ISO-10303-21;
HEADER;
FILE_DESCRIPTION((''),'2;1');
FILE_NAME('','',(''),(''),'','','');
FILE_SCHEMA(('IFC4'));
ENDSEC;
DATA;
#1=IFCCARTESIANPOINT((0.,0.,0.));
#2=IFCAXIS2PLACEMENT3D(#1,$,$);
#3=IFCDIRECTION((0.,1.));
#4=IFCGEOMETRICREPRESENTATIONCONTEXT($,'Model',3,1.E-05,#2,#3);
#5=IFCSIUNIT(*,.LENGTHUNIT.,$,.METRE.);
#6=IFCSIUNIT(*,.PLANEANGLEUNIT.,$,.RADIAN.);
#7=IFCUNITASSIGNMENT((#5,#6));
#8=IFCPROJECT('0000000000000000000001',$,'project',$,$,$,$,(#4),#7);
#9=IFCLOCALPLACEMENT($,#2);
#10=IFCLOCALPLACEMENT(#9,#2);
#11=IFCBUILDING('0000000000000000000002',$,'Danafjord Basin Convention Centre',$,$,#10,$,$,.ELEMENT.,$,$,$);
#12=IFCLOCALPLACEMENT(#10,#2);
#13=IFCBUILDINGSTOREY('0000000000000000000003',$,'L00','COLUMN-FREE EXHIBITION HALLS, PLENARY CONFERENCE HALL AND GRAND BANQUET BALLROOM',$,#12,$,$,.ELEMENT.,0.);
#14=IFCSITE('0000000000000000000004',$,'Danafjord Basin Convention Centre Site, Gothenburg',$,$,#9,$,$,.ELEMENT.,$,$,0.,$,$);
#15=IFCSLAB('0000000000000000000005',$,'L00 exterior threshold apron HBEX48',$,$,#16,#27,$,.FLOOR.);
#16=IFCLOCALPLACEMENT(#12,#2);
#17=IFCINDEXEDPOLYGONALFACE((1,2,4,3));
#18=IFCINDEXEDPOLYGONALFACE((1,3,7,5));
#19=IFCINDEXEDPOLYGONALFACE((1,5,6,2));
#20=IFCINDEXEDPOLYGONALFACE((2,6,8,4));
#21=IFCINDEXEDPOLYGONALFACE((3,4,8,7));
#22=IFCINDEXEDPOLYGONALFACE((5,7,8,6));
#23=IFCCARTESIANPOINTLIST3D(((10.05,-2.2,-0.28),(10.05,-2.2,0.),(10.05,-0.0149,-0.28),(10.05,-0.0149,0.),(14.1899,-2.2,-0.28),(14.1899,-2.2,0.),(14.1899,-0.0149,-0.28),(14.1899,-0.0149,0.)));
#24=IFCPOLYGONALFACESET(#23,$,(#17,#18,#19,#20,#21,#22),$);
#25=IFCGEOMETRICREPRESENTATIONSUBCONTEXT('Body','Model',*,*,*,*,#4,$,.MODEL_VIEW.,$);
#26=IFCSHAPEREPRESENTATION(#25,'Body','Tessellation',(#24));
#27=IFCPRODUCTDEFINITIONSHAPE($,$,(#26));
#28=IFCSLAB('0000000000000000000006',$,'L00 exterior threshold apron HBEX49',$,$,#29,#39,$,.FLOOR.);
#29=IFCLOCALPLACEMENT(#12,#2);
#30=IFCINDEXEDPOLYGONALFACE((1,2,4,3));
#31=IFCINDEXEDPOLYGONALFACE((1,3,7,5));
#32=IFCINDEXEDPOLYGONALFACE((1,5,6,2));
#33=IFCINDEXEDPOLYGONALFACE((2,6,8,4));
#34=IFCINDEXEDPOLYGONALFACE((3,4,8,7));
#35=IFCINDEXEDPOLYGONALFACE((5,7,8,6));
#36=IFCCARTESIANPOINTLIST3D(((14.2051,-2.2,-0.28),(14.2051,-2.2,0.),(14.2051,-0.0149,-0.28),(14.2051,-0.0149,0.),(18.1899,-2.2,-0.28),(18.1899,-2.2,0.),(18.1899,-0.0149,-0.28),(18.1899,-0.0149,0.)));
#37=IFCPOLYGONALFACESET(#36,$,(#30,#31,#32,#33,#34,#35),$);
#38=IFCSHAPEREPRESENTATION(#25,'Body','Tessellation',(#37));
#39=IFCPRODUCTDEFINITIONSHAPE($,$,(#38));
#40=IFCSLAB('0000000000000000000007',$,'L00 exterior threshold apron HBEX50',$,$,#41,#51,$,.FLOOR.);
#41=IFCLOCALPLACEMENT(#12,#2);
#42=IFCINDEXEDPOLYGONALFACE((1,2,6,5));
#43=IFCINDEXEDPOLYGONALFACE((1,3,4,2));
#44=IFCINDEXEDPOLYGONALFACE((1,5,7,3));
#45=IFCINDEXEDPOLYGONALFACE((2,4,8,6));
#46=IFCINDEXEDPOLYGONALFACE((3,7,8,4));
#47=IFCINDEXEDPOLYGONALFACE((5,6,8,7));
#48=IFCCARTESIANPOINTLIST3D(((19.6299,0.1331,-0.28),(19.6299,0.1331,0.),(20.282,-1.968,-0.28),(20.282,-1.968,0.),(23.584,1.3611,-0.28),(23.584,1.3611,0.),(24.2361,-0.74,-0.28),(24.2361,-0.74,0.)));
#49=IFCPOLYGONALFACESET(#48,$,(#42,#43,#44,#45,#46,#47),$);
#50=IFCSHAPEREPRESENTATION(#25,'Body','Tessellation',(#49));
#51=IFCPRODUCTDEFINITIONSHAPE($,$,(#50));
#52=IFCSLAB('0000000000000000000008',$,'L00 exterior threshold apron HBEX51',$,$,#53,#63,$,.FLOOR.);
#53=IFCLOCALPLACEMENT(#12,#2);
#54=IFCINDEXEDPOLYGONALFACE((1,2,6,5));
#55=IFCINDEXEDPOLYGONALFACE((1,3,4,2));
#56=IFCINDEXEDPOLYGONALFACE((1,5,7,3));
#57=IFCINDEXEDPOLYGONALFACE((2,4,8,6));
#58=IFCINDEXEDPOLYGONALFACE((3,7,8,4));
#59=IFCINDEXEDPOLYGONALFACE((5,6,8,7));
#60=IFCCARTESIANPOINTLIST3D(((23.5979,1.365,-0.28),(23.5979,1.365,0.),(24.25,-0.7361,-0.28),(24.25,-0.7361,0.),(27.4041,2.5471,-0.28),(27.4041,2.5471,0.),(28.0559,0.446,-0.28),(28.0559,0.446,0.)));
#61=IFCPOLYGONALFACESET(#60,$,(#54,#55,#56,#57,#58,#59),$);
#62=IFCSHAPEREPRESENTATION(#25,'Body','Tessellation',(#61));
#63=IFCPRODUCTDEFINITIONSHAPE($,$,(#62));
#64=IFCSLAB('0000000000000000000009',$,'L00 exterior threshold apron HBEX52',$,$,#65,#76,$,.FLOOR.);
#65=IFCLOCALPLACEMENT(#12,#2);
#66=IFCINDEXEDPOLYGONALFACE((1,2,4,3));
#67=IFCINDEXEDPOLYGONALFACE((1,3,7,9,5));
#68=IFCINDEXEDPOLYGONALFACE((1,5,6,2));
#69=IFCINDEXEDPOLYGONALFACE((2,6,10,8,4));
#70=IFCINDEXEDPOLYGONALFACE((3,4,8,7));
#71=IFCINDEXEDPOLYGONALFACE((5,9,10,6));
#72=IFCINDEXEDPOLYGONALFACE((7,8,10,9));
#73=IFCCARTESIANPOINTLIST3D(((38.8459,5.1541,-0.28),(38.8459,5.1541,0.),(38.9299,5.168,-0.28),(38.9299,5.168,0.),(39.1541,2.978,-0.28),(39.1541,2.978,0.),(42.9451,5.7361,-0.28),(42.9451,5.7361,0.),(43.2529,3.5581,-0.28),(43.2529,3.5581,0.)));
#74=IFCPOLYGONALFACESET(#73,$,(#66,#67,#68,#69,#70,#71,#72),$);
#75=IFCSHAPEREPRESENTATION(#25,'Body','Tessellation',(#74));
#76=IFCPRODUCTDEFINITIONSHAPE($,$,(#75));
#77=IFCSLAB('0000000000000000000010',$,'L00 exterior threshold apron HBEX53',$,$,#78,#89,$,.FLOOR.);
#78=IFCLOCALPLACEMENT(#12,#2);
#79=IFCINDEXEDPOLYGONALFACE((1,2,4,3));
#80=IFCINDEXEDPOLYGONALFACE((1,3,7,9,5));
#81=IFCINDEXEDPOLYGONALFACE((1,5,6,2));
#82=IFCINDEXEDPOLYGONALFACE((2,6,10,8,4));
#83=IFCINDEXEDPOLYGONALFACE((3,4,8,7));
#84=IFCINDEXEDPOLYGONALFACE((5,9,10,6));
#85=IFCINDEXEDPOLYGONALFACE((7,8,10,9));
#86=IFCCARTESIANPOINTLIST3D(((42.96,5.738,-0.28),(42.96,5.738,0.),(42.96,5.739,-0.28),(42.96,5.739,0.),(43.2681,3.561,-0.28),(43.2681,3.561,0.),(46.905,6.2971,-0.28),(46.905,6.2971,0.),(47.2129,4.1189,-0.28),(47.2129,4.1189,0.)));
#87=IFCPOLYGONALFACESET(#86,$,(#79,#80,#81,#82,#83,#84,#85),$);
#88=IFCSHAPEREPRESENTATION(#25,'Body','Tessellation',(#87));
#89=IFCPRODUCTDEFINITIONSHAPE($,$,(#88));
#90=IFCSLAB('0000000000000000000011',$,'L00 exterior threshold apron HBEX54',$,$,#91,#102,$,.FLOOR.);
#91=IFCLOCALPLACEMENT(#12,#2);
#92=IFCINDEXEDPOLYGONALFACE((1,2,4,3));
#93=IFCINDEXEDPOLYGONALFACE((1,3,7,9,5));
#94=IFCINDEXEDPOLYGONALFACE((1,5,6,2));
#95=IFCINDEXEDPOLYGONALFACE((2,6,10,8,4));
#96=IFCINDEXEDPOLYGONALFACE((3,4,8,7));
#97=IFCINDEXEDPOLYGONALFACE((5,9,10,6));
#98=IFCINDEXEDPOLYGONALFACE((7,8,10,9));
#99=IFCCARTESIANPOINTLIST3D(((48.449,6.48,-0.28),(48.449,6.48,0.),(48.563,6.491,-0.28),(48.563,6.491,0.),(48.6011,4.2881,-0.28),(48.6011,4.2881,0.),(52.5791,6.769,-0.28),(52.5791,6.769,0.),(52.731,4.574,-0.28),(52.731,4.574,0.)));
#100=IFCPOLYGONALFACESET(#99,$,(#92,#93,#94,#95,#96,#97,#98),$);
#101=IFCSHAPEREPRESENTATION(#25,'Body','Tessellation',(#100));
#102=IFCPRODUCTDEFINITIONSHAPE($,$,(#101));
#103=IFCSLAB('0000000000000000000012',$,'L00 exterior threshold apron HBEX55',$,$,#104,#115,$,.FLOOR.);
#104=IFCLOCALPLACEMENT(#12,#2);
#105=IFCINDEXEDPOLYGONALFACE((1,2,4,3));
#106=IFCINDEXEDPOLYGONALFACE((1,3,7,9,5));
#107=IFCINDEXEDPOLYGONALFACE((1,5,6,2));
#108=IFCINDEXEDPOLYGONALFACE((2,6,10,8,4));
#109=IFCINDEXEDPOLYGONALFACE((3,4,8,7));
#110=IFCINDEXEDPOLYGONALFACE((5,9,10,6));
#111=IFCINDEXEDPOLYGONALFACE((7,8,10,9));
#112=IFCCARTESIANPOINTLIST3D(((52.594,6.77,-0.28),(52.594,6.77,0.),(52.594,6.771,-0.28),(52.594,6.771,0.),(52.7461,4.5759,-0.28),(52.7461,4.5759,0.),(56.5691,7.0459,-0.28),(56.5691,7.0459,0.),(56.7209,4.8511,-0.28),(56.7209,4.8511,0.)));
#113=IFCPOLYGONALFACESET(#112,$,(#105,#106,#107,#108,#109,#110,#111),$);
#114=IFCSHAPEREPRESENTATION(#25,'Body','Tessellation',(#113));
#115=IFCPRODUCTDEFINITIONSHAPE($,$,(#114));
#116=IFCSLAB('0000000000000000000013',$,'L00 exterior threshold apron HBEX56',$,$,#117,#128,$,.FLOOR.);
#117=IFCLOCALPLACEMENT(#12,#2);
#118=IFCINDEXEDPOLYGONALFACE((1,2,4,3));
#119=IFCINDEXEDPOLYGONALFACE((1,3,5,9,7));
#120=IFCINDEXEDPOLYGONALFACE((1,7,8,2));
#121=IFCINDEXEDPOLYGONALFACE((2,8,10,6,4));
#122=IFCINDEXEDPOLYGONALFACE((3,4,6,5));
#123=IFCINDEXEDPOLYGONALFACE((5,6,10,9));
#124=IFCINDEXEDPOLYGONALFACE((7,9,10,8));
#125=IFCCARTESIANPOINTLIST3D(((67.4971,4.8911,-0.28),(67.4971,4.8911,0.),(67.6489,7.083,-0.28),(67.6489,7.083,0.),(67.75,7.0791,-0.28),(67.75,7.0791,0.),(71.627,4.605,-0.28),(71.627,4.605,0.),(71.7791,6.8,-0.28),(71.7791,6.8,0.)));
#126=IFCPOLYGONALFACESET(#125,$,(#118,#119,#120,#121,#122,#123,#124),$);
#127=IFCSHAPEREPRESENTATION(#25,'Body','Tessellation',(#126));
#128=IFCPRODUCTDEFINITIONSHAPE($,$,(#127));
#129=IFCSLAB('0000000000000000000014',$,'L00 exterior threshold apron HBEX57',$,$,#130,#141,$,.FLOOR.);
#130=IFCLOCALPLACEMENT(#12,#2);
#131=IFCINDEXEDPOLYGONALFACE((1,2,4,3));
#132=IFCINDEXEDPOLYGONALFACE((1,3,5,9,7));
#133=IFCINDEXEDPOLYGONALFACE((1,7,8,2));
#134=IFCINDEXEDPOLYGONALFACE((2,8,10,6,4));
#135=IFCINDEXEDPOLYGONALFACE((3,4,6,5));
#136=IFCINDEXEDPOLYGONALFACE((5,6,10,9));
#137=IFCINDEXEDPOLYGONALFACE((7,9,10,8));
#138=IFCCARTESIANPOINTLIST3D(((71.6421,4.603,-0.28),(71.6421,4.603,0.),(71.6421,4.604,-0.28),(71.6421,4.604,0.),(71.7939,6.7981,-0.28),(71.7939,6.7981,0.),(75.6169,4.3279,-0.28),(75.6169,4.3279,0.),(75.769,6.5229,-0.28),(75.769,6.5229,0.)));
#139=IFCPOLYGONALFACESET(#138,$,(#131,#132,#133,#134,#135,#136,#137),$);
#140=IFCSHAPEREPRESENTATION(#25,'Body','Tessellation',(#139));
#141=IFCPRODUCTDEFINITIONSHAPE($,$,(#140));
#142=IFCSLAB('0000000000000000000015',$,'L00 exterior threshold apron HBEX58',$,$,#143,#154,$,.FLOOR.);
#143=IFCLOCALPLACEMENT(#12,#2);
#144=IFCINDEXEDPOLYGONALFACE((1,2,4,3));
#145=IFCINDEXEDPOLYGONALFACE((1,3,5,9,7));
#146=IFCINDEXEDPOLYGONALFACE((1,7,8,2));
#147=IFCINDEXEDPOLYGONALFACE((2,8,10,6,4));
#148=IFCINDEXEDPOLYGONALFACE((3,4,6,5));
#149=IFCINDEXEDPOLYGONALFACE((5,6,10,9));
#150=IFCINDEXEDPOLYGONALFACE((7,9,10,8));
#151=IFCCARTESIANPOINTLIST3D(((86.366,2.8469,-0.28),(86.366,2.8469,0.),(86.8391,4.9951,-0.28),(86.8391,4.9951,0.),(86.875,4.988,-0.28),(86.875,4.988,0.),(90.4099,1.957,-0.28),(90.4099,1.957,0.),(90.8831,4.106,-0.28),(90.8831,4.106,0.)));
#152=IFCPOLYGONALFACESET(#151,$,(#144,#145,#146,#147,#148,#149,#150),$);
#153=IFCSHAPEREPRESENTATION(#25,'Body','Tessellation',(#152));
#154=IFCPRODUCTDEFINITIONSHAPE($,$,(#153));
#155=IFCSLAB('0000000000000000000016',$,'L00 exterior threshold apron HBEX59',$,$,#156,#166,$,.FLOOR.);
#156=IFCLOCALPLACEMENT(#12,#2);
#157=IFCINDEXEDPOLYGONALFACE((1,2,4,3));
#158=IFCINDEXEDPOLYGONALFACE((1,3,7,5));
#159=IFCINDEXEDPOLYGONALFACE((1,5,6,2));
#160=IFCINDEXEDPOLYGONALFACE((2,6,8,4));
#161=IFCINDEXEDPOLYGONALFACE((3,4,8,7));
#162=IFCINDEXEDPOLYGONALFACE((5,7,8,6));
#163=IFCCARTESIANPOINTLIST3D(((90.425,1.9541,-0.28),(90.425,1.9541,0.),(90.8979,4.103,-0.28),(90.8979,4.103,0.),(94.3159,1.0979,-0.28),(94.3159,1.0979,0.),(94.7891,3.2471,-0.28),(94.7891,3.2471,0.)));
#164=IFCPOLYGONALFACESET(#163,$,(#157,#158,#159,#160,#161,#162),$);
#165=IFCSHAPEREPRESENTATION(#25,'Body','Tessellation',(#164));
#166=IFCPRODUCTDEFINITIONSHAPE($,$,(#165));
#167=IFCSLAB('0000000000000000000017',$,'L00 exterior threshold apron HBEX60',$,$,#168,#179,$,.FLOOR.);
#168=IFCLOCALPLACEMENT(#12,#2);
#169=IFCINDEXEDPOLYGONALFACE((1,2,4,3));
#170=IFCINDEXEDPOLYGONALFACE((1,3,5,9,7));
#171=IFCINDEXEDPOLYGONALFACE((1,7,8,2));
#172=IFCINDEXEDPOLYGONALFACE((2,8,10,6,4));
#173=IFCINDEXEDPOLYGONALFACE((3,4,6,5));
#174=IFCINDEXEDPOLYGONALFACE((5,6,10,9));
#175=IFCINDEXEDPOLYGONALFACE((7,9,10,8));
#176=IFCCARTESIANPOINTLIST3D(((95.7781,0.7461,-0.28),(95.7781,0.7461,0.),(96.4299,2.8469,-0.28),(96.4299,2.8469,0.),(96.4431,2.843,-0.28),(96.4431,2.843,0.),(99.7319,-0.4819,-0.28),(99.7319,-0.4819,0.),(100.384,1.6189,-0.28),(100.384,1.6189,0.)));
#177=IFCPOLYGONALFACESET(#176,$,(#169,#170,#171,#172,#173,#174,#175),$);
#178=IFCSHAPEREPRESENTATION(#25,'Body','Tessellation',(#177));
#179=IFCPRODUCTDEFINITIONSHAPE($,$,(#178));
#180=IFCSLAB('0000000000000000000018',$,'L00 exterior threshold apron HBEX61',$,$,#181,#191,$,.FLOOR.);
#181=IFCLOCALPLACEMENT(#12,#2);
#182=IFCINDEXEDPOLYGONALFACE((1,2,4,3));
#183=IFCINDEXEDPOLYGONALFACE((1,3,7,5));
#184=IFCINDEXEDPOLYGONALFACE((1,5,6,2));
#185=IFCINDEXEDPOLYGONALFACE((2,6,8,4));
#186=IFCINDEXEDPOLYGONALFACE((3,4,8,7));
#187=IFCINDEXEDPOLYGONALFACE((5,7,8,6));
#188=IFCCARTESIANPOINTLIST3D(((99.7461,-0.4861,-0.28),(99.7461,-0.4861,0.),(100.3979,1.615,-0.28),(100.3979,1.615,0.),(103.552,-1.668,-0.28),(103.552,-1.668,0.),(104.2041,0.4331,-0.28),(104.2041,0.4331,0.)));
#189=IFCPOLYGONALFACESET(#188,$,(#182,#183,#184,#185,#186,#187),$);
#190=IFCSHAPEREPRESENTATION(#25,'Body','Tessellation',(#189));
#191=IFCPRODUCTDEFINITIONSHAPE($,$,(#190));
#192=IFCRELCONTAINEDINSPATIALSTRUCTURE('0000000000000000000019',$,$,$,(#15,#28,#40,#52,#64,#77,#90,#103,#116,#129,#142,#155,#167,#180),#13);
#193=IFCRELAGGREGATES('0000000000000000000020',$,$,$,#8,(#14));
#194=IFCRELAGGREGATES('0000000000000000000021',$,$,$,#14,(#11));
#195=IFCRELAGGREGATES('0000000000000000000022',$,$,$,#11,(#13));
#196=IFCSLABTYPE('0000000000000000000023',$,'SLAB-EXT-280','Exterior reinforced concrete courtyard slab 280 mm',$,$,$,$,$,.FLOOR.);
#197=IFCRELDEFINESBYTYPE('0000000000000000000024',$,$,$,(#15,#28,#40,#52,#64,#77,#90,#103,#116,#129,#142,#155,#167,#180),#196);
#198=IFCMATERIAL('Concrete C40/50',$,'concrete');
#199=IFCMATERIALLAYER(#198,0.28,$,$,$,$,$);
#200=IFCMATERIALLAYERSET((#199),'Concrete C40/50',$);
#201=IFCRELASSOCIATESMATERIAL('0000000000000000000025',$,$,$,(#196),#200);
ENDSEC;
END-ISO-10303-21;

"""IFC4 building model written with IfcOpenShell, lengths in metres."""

from ifc_helpers import new_model, si_unit, direction, frame, origin, place, context, subcontext, project, spatial, polyline, outline, extrude, material, layer, layer_set, type_object, element, save


model = new_model("IFC4")

# Units and contexts
model_context = context("Model", 3, precision=1e-05, world=origin(), true_north=direction((0.0, 1.0)))
body_context = subcontext(model_context, "Body", "Model", "MODEL_VIEW")
ifc_project = project(units=[si_unit("LENGTHUNIT", "METRE"), si_unit("PLANEANGLEUNIT", "RADIAN")], contexts=[model_context])

# Site, building, storey
site_placement = place(None, origin())
site = spatial("IfcSite", under=ifc_project, at=site_placement, Name="Danafjord Basin Convention Centre Site, Gothenburg", CompositionType="ELEMENT", RefElevation=0.0)
building_placement = place(site_placement, origin())
building = spatial("IfcBuilding", under=site, at=building_placement, Name="Danafjord Basin Convention Centre", CompositionType="ELEMENT")
storey_placement = place(building_placement, origin())
storey = spatial("IfcBuildingStorey", under=building, at=storey_placement, Name="L00", Description="COLUMN-FREE EXHIBITION HALLS, PLENARY CONFERENCE HALL AND GRAND BANQUET BALLROOM", CompositionType="ELEMENT", Elevation=0.0)

# Slabs
ifc_material = material(Name="Concrete C40/50", Category="concrete")
ifc_layer_1 = layer(ifc_material, 0.28)
ifc_layer_set_1 = layer_set([ifc_layer_1], Name="Concrete C40/50")
slab_type_1 = type_object("IfcSlabType", Name="SLAB-EXT-280", Description="Exterior reinforced concrete courtyard slab 280 mm", PredefinedType="FLOOR", material=ifc_layer_set_1)
slab_1_placement = place(storey_placement, frame((0.0, 0.0, -0.28)))
element("IfcSlab", 1, at=slab_1_placement, inside=storey, type_object=slab_type_1, Name="L00 exterior threshold apron HBEX48", PredefinedType="FLOOR", context=body_context, shape_type="SweptSolid", body=[
    extrude(outline(polyline([(14.1899, -2.2), (10.05, -2.2), (10.05, -0.0149), (14.1899, -0.0149), (14.1899, -2.2)])), origin(), (0.0, 0.0, 1.0), 0.28),
])
slab_2_placement = place(storey_placement, frame((0.0, 0.0, -0.28)))
element("IfcSlab", 2, at=slab_2_placement, inside=storey, type_object=slab_type_1, Name="L00 exterior threshold apron HBEX49", PredefinedType="FLOOR", context=body_context, shape_type="SweptSolid", body=[
    extrude(outline(polyline([(18.1899, -2.2), (14.2051, -2.2), (14.2051, -0.0149), (18.1899, -0.0149), (18.1899, -2.2)])), origin(), (0.0, 0.0, 1.0), 0.28),
])
slab_3_placement = place(storey_placement, frame((0.0, 0.0, -0.28)))
element("IfcSlab", 3, at=slab_3_placement, inside=storey, type_object=slab_type_1, Name="L00 exterior threshold apron HBEX50", PredefinedType="FLOOR", context=body_context, shape_type="SweptSolid", body=[
    extrude(outline(polyline([(23.584, 1.3611), (24.2361, -0.74), (20.282, -1.968), (19.6299, 0.1331), (23.584, 1.3611)])), origin(), (0.0, 0.0, 1.0), 0.28),
])
slab_4_placement = place(storey_placement, frame((0.0, 0.0, -0.28)))
element("IfcSlab", 4, at=slab_4_placement, inside=storey, type_object=slab_type_1, Name="L00 exterior threshold apron HBEX51", PredefinedType="FLOOR", context=body_context, shape_type="SweptSolid", body=[
    extrude(outline(polyline([(27.4041, 2.5471), (28.0559, 0.446), (24.25, -0.7361), (24.25, -0.7361), (23.5979, 1.365), (27.4041, 2.5471)])), origin(), (0.0, 0.0, 1.0), 0.28),
])
slab_5_placement = place(storey_placement, frame((0.0, 0.0, -0.28)))
element("IfcSlab", 5, at=slab_5_placement, inside=storey, type_object=slab_type_1, Name="L00 exterior threshold apron HBEX52", PredefinedType="FLOOR", context=body_context, shape_type="SweptSolid", body=[
    extrude(outline(polyline([(42.9451, 5.7361), (43.2529, 3.5581), (39.1541, 2.978), (38.8459, 5.1541), (38.9299, 5.168), (42.9451, 5.7361)])), origin(), (0.0, 0.0, 1.0), 0.28),
])
slab_6_placement = place(storey_placement, frame((0.0, 0.0, -0.28)))
element("IfcSlab", 6, at=slab_6_placement, inside=storey, type_object=slab_type_1, Name="L00 exterior threshold apron HBEX53", PredefinedType="FLOOR", context=body_context, shape_type="SweptSolid", body=[
    extrude(outline(polyline([(46.905, 6.2971), (47.2129, 4.1189), (43.2681, 3.561), (42.96, 5.738), (42.96, 5.739), (46.905, 6.2971)])), origin(), (0.0, 0.0, 1.0), 0.28),
])
slab_7_placement = place(storey_placement, frame((0.0, 0.0, -0.28)))
element("IfcSlab", 7, at=slab_7_placement, inside=storey, type_object=slab_type_1, Name="L00 exterior threshold apron HBEX54", PredefinedType="FLOOR", context=body_context, shape_type="SweptSolid", body=[
    extrude(outline(polyline([(52.5791, 6.769), (52.731, 4.574), (48.6011, 4.2881), (48.449, 6.48), (48.563, 6.491), (52.5791, 6.769)])), origin(), (0.0, 0.0, 1.0), 0.28),
])
slab_8_placement = place(storey_placement, frame((0.0, 0.0, -0.28)))
element("IfcSlab", 8, at=slab_8_placement, inside=storey, type_object=slab_type_1, Name="L00 exterior threshold apron HBEX55", PredefinedType="FLOOR", context=body_context, shape_type="SweptSolid", body=[
    extrude(outline(polyline([(56.5691, 7.0459), (56.7209, 4.8511), (52.7461, 4.5759), (52.594, 6.77), (52.594, 6.771), (56.5691, 7.0459)])), origin(), (0.0, 0.0, 1.0), 0.28),
])
slab_9_placement = place(storey_placement, frame((0.0, 0.0, -0.28)))
element("IfcSlab", 9, at=slab_9_placement, inside=storey, type_object=slab_type_1, Name="L00 exterior threshold apron HBEX56", PredefinedType="FLOOR", context=body_context, shape_type="SweptSolid", body=[
    extrude(outline(polyline([(71.7791, 6.8), (71.627, 4.605), (67.4971, 4.8911), (67.6489, 7.083), (67.75, 7.0791), (71.7791, 6.8)])), origin(), (0.0, 0.0, 1.0), 0.28),
])
slab_10_placement = place(storey_placement, frame((0.0, 0.0, -0.28)))
element("IfcSlab", 10, at=slab_10_placement, inside=storey, type_object=slab_type_1, Name="L00 exterior threshold apron HBEX57", PredefinedType="FLOOR", context=body_context, shape_type="SweptSolid", body=[
    extrude(outline(polyline([(75.769, 6.5229), (75.6169, 4.3279), (71.6421, 4.603), (71.6421, 4.604), (71.7939, 6.7981), (75.769, 6.5229)])), origin(), (0.0, 0.0, 1.0), 0.28),
])
slab_11_placement = place(storey_placement, frame((0.0, 0.0, -0.28)))
element("IfcSlab", 11, at=slab_11_placement, inside=storey, type_object=slab_type_1, Name="L00 exterior threshold apron HBEX58", PredefinedType="FLOOR", context=body_context, shape_type="SweptSolid", body=[
    extrude(outline(polyline([(90.8831, 4.106), (90.4099, 1.957), (86.366, 2.8469), (86.8391, 4.9951), (86.875, 4.988), (90.8831, 4.106)])), origin(), (0.0, 0.0, 1.0), 0.28),
])
slab_12_placement = place(storey_placement, frame((0.0, 0.0, -0.28)))
element("IfcSlab", 12, at=slab_12_placement, inside=storey, type_object=slab_type_1, Name="L00 exterior threshold apron HBEX59", PredefinedType="FLOOR", context=body_context, shape_type="SweptSolid", body=[
    extrude(outline(polyline([(94.7891, 3.2471), (94.3159, 1.0979), (90.425, 1.9541), (90.425, 1.9541), (90.8979, 4.103), (94.7891, 3.2471)])), origin(), (0.0, 0.0, 1.0), 0.28),
])
slab_13_placement = place(storey_placement, frame((0.0, 0.0, -0.28)))
element("IfcSlab", 13, at=slab_13_placement, inside=storey, type_object=slab_type_1, Name="L00 exterior threshold apron HBEX60", PredefinedType="FLOOR", context=body_context, shape_type="SweptSolid", body=[
    extrude(outline(polyline([(100.384, 1.6189), (99.7319, -0.4819), (95.7781, 0.7461), (96.4299, 2.8469), (96.4431, 2.843), (100.384, 1.6189)])), origin(), (0.0, 0.0, 1.0), 0.28),
])
slab_14_placement = place(storey_placement, frame((0.0, 0.0, -0.28)))
element("IfcSlab", 14, at=slab_14_placement, inside=storey, type_object=slab_type_1, Name="L00 exterior threshold apron HBEX61", PredefinedType="FLOOR", context=body_context, shape_type="SweptSolid", body=[
    extrude(outline(polyline([(104.2041, 0.4331), (103.552, -1.668), (99.7461, -0.4861), (100.3979, 1.615), (100.3979, 1.615), (104.2041, 0.4331)])), origin(), (0.0, 0.0, 1.0), 0.28),
])

save(model, "model.ifc")
